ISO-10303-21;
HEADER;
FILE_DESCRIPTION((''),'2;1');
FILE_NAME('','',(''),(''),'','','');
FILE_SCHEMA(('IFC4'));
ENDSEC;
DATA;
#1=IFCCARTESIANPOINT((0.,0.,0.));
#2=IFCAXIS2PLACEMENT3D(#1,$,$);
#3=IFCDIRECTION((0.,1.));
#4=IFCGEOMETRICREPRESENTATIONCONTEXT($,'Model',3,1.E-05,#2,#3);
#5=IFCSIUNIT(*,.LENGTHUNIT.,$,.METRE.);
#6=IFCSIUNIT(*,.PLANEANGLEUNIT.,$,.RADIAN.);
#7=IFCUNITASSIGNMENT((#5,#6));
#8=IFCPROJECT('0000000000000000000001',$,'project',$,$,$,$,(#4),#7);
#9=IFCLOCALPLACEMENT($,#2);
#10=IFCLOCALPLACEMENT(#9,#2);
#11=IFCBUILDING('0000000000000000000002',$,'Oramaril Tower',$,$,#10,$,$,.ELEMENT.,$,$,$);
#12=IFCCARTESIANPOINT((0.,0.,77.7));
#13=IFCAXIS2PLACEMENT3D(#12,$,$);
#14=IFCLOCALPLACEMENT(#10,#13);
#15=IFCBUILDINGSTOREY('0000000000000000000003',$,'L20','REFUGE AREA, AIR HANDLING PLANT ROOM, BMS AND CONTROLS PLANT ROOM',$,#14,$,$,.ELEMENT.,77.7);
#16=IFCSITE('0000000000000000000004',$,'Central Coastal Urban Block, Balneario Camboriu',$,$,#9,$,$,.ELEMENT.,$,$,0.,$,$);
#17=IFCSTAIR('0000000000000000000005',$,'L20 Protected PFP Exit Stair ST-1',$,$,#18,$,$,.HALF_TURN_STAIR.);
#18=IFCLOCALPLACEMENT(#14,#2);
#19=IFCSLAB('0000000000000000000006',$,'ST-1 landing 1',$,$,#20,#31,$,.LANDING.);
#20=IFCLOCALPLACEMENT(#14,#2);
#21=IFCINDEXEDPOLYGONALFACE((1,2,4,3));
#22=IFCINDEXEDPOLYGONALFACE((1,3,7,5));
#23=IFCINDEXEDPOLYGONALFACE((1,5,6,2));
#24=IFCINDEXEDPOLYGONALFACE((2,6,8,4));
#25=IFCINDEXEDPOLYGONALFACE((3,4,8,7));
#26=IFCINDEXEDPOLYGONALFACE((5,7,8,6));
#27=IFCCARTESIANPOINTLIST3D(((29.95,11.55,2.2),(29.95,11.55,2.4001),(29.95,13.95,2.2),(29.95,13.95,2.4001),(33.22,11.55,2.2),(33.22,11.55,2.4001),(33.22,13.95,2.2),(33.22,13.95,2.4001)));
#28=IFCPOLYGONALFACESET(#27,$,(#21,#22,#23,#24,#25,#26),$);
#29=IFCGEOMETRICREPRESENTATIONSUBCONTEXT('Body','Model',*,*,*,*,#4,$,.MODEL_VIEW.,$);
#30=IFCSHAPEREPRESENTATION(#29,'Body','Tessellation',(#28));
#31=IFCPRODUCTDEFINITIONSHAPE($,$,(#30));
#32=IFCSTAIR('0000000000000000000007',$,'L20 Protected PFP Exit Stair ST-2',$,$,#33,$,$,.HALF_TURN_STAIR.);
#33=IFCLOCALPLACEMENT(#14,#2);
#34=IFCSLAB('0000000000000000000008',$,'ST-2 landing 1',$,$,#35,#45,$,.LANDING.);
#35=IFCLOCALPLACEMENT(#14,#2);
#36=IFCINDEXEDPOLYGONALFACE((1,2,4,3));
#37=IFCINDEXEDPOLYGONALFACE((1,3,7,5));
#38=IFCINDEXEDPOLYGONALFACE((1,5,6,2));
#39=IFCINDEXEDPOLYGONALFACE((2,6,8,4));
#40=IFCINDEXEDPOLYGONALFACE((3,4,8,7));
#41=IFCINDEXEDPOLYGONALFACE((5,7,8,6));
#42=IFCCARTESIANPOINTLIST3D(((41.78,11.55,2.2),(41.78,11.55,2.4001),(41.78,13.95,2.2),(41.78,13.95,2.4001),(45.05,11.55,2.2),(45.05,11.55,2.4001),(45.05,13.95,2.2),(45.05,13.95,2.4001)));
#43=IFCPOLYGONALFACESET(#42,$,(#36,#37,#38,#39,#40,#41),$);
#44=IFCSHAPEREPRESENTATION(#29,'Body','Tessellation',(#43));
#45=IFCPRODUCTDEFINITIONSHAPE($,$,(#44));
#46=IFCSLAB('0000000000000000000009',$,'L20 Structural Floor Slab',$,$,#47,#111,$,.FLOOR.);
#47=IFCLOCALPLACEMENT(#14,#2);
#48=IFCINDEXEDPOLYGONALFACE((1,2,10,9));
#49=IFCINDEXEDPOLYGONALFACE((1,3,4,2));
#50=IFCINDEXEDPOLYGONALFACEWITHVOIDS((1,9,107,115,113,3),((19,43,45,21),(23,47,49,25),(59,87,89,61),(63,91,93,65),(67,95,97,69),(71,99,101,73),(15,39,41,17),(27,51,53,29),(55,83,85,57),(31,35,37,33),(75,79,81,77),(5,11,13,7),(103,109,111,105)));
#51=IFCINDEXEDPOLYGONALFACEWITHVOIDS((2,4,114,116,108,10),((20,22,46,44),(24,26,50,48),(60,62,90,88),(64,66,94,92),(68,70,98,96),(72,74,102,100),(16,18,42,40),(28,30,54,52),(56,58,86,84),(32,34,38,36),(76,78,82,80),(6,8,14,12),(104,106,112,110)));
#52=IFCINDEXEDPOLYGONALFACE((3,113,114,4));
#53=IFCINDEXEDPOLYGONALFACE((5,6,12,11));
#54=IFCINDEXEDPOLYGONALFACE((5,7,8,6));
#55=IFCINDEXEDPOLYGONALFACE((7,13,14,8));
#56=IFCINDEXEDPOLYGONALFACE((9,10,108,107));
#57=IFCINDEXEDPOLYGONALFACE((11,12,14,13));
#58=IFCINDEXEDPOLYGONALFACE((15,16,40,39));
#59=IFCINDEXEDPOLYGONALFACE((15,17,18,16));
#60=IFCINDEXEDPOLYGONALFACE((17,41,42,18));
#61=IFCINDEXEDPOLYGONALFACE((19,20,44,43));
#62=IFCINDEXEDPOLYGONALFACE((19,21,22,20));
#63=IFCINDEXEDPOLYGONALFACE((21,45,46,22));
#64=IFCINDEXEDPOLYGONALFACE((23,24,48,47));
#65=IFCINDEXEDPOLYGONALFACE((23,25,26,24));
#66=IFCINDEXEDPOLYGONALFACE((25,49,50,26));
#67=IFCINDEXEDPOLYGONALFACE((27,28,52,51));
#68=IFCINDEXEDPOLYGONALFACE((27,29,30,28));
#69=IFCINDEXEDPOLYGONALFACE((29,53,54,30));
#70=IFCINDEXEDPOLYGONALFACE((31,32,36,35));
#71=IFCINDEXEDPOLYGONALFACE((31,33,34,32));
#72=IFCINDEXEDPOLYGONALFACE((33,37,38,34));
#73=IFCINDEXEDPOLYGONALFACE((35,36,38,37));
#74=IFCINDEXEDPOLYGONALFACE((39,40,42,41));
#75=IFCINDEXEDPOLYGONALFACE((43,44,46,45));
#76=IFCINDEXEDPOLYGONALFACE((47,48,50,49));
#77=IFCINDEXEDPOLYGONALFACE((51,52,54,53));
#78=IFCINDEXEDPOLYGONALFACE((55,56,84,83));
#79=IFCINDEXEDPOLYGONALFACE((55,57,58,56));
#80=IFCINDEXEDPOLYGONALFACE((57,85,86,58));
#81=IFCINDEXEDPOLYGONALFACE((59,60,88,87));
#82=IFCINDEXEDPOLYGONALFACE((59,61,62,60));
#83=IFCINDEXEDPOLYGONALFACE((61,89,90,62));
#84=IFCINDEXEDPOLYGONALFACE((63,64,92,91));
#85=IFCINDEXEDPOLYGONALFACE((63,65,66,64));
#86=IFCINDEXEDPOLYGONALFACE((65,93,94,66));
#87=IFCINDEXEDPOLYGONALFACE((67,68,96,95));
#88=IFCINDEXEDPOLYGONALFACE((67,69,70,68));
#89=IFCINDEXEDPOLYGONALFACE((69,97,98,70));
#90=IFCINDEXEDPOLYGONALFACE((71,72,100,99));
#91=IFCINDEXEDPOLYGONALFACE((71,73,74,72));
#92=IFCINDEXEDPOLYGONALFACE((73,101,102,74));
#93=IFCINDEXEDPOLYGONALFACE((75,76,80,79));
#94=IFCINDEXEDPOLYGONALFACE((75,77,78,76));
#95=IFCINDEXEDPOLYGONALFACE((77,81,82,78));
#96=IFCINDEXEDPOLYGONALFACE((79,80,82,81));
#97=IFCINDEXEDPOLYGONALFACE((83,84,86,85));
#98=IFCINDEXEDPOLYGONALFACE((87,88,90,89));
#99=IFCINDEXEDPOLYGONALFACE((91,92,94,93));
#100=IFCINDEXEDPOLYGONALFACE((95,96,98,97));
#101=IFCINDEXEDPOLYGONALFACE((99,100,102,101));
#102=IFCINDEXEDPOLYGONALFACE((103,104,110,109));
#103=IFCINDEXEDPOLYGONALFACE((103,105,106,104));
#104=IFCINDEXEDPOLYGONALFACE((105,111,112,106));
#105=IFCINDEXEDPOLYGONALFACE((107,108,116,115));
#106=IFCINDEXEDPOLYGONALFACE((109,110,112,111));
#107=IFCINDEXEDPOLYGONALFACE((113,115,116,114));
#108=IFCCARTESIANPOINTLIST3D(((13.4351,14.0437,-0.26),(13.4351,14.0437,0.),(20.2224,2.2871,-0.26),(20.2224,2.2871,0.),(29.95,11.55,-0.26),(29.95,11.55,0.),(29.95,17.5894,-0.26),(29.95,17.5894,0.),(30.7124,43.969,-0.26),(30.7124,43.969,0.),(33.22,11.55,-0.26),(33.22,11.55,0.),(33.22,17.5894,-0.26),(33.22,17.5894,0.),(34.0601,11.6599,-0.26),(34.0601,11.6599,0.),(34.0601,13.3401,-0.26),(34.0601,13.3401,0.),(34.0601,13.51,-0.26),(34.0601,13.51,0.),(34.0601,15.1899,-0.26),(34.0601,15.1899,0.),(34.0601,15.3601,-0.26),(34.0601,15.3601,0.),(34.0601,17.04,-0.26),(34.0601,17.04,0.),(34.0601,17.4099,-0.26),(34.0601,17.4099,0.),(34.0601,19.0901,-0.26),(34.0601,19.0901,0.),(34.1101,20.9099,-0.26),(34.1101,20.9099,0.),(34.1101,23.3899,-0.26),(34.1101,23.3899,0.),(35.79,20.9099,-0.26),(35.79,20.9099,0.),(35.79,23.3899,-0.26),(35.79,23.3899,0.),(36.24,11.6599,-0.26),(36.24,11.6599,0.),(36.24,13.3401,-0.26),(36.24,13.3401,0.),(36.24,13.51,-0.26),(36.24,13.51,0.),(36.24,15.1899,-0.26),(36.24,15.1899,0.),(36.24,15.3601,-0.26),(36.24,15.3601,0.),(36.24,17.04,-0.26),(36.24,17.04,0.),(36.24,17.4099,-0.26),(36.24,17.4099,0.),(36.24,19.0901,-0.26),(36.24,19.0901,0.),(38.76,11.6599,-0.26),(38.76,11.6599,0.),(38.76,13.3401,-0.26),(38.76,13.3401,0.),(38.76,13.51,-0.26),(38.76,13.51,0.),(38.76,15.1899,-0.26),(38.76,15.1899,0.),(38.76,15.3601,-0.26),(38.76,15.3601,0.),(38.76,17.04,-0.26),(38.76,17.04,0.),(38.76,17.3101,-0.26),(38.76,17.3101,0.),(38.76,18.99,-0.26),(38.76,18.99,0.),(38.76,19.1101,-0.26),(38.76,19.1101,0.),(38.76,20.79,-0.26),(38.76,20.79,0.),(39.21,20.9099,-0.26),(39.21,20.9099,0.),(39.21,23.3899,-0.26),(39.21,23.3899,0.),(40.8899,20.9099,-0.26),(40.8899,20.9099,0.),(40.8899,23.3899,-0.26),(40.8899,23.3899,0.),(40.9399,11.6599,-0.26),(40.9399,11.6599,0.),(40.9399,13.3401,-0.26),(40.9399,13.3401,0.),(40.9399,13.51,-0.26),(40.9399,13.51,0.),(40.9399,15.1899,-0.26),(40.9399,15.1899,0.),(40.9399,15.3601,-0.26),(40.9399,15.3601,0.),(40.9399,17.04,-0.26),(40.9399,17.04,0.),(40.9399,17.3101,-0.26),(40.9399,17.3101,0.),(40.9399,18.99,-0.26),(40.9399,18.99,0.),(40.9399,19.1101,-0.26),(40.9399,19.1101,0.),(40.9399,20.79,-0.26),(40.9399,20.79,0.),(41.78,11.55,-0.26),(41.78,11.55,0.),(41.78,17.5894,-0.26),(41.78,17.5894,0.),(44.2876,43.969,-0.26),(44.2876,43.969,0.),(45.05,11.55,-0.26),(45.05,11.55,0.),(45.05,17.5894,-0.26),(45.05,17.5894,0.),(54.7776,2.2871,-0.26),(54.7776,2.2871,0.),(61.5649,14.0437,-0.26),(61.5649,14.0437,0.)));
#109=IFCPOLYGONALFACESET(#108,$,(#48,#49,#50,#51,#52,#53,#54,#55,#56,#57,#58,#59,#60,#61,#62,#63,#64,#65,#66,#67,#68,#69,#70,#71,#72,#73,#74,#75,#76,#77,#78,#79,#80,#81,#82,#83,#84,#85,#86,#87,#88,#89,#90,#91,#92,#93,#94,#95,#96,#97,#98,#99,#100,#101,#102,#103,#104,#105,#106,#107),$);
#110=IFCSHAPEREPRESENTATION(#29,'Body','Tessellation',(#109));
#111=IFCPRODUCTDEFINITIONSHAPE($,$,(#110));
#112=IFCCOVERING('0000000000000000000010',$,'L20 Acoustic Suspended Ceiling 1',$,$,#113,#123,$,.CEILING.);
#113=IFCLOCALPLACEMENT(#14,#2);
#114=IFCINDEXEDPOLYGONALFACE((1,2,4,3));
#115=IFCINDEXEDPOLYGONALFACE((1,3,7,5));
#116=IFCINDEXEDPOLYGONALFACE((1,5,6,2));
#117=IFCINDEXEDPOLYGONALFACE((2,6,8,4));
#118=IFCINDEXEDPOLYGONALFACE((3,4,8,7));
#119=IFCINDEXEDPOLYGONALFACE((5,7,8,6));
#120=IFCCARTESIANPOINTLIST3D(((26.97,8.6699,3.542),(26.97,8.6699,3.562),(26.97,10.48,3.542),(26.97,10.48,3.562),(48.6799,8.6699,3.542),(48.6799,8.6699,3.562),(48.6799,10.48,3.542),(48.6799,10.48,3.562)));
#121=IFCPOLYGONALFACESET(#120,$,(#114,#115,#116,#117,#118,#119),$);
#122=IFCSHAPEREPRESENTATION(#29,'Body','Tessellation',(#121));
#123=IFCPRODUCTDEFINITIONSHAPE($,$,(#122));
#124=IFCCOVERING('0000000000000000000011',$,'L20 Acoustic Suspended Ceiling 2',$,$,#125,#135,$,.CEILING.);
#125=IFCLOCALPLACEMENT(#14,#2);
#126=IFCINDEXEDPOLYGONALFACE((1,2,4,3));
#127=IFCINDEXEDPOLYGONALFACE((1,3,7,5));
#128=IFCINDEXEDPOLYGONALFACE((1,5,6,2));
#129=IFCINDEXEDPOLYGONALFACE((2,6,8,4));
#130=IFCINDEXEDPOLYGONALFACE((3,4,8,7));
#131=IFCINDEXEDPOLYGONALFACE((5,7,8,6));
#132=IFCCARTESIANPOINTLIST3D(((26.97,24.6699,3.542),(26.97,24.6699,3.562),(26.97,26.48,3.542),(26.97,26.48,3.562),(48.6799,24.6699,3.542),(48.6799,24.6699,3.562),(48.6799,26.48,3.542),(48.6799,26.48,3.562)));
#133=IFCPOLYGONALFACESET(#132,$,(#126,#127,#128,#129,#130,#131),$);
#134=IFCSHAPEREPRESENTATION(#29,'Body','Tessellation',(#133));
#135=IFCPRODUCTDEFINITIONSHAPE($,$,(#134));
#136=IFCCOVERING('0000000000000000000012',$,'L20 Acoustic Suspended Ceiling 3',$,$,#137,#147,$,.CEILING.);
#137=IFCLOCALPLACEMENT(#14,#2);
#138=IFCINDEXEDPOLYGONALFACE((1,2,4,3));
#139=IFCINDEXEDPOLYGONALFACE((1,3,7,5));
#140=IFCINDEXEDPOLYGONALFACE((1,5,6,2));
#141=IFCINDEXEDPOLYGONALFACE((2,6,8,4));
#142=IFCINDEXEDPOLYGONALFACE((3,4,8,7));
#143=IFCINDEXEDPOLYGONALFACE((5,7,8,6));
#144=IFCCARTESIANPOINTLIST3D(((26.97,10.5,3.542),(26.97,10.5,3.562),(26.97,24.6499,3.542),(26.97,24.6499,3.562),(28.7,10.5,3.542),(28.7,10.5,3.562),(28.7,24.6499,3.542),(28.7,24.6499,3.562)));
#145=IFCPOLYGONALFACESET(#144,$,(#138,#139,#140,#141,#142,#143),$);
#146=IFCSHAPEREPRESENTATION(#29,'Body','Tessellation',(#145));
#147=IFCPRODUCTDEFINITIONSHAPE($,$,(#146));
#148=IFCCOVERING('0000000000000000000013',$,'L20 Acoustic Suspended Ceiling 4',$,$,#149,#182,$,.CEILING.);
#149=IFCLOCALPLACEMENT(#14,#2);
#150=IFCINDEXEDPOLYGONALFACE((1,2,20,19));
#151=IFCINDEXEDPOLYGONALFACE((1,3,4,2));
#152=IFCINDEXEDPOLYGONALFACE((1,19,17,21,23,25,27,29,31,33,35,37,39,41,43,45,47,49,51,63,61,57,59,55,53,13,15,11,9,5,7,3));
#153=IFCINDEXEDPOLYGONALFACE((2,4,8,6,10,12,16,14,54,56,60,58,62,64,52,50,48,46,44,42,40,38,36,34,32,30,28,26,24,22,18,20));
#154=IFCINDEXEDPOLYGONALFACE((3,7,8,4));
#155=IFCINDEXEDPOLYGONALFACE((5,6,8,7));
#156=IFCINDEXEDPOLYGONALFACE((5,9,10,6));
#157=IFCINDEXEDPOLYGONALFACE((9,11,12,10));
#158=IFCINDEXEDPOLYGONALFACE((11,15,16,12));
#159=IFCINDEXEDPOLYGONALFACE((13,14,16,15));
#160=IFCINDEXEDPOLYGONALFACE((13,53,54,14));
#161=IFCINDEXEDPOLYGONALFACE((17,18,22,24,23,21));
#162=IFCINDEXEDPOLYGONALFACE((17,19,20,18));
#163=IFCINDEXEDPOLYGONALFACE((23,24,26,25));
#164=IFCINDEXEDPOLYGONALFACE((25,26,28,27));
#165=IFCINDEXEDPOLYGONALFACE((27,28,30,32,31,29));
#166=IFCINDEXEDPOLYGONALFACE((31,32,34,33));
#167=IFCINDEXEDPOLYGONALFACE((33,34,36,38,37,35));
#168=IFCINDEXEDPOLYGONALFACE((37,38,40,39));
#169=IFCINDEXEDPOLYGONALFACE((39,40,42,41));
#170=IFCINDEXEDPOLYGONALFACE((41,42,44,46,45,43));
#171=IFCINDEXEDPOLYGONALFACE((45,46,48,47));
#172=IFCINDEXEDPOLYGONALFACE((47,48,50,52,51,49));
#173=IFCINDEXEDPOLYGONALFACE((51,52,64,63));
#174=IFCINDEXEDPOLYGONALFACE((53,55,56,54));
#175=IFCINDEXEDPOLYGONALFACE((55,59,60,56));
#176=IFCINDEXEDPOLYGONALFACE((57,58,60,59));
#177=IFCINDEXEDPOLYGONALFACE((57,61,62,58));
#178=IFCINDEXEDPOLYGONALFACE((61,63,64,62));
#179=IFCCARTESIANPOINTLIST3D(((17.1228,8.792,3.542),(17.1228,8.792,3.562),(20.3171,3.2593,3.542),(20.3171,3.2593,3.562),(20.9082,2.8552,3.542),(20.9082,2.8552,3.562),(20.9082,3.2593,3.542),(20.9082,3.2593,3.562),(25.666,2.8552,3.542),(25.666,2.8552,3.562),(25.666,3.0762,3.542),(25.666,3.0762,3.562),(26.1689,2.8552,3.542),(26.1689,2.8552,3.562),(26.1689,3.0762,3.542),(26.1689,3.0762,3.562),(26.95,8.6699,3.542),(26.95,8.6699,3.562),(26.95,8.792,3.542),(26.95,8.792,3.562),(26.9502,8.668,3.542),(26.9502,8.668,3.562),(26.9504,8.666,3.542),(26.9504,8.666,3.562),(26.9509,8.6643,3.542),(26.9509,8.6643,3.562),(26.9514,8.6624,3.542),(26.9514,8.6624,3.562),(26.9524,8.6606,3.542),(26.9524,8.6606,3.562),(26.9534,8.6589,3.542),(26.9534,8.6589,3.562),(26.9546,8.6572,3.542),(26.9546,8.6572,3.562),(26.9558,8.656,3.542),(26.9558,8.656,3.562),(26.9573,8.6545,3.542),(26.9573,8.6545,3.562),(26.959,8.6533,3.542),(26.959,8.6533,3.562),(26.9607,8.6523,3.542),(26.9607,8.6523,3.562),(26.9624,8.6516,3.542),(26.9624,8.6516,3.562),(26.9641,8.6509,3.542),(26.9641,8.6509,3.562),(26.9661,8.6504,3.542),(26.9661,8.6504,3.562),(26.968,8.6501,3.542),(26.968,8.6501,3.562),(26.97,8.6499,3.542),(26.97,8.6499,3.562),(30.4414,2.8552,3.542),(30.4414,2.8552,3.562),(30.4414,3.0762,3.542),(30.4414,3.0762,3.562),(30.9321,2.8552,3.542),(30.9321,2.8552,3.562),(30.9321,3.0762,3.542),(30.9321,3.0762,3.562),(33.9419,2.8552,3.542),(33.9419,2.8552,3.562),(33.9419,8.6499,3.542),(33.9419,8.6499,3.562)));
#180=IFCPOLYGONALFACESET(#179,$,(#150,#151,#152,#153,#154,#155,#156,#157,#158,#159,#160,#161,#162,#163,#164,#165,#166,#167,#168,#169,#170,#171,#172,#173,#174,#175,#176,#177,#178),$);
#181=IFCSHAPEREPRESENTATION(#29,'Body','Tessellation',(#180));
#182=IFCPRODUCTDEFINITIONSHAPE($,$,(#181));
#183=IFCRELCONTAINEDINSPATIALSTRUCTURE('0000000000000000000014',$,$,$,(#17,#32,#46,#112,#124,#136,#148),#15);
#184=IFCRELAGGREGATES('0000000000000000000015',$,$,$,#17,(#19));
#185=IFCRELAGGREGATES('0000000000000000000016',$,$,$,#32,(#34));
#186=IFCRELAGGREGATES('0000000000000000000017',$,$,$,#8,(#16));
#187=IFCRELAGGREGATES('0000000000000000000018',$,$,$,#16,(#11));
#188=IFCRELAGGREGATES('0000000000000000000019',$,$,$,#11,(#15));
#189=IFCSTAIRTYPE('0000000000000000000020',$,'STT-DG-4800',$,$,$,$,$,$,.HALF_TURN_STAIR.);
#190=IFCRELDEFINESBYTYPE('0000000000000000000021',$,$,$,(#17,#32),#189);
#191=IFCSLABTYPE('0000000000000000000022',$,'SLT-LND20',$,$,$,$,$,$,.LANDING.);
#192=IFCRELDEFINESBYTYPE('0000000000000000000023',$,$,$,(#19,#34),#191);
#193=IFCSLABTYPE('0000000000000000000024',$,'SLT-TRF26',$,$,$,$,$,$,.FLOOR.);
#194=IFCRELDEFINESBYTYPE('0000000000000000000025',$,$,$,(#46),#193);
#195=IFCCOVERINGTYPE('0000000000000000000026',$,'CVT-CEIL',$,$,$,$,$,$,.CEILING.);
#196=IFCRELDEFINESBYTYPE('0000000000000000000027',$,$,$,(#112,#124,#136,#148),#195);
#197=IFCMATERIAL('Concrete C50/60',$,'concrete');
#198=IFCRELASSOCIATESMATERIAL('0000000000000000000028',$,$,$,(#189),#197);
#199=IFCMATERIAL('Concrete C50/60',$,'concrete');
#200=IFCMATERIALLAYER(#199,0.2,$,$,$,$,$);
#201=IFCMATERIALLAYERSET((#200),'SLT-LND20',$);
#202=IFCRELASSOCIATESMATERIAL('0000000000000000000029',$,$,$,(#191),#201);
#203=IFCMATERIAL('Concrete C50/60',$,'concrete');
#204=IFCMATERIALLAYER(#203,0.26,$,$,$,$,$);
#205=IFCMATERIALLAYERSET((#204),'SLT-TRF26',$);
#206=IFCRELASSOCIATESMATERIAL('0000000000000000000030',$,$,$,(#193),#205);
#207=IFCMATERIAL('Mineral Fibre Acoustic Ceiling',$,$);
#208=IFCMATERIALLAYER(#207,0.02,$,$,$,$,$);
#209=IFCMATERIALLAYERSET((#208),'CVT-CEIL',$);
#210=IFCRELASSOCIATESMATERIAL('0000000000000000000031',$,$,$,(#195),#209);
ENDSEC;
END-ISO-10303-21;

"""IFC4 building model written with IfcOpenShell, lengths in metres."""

from ifc_helpers import new_model, si_unit, direction, frame, origin, place, context, subcontext, project, spatial, polyline, outline, extrude, material, layer, layer_set, type_object, element, aggregate, save


model = new_model("IFC4")

# Units and contexts
model_context = context("Model", 3, precision=1e-05, world=origin(), true_north=direction((0.0, 1.0)))
body_context = subcontext(model_context, "Body", "Model", "MODEL_VIEW")
ifc_project = project(units=[si_unit("LENGTHUNIT", "METRE"), si_unit("PLANEANGLEUNIT", "RADIAN")], contexts=[model_context])

# Site, building, storey
site_placement = place(None, origin())
site = spatial("IfcSite", under=ifc_project, at=site_placement, Name="Central Coastal Urban Block, Balneario Camboriu", CompositionType="ELEMENT", RefElevation=0.0)
building_placement = place(site_placement, origin())
building = spatial("IfcBuilding", under=site, at=building_placement, Name="Oramaril Tower", CompositionType="ELEMENT")
storey_placement = place(building_placement, frame((0.0, 0.0, 77.7)))
storey = spatial("IfcBuildingStorey", under=building, at=storey_placement, Name="L20", Description="REFUGE AREA, AIR HANDLING PLANT ROOM, BMS AND CONTROLS PLANT ROOM", CompositionType="ELEMENT", Elevation=77.7)

# Stairs, slabs
ifc_material_1 = material(Name="Concrete C50/60", Category="concrete")
stair_type = type_object("IfcStairType", Name="STT-DG-4800", PredefinedType="HALF_TURN_STAIR", material=ifc_material_1)
stair_1_placement = place(storey_placement, origin())
stair_1 = element("IfcStair", 1, at=stair_1_placement, inside=storey, type_object=stair_type, Name="L20 Protected PFP Exit Stair ST-1", PredefinedType="HALF_TURN_STAIR")
ifc_material_2 = material(Name="Concrete C50/60", Category="concrete")
ifc_layer_1 = layer(ifc_material_2, 0.2)
ifc_layer_set_1 = layer_set([ifc_layer_1], Name="SLT-LND20")
slab_type_1 = type_object("IfcSlabType", Name="SLT-LND20", PredefinedType="LANDING", material=ifc_layer_set_1)
slab_1_placement = place(storey_placement, frame((0.0, 0.0, 2.2)))
slab_1 = element("IfcSlab", 2, at=slab_1_placement, type_object=slab_type_1, Name="ST-1 landing 1", PredefinedType="LANDING", context=body_context, shape_type="SweptSolid", body=[
    extrude(outline(polyline([(29.95, 13.95), (29.95, 11.55), (33.22, 11.55), (33.22, 13.95), (29.95, 13.95)])), origin(), (0.0, 0.0, 1.0), 0.2002),
])
aggregate(stair_1, [slab_1])
stair_2_placement = place(storey_placement, origin())
stair_2 = element("IfcStair", 3, at=stair_2_placement, inside=storey, type_object=stair_type, Name="L20 Protected PFP Exit Stair ST-2", PredefinedType="HALF_TURN_STAIR")
slab_2_placement = place(storey_placement, frame((0.0, 0.0, 2.2)))
slab_2 = element("IfcSlab", 4, at=slab_2_placement, type_object=slab_type_1, Name="ST-2 landing 1", PredefinedType="LANDING", context=body_context, shape_type="SweptSolid", body=[
    extrude(outline(polyline([(41.78, 13.95), (41.78, 11.55), (45.05, 11.55), (45.05, 13.95), (41.78, 13.95)])), origin(), (0.0, 0.0, 1.0), 0.2002),
])
aggregate(stair_2, [slab_2])

# Slab
ifc_material_3 = material(Name="Concrete C50/60", Category="concrete")
ifc_layer_2 = layer(ifc_material_3, 0.26)
ifc_layer_set_2 = layer_set([ifc_layer_2], Name="SLT-TRF26")
slab_type_2 = type_object("IfcSlabType", Name="SLT-TRF26", PredefinedType="FLOOR", material=ifc_layer_set_2)
slab_3_placement = place(storey_placement, frame((0.0, 0.0, -0.26)))
element("IfcSlab", 5, at=slab_3_placement, inside=storey, type_object=slab_type_2, Name="L20 Structural Floor Slab", PredefinedType="FLOOR", context=body_context, shape_type="SweptSolid", body=[
    extrude(outline(polyline([(13.4351, 14.0437), (20.2224, 2.2871), (54.7776, 2.2871), (61.5649, 14.0437), (44.2876, 43.969), (30.7124, 43.969), (13.4351, 14.0437)]), holes=[polyline([(29.95, 17.5894), (29.95, 11.55), (33.22, 11.55), (33.22, 17.5894), (29.95, 17.5894)]), polyline([(41.78, 17.5894), (41.78, 11.55), (45.05, 11.55), (45.05, 17.5894), (41.78, 17.5894)]), polyline([(34.1101, 20.9099), (35.79, 20.9099), (35.79, 23.3899), (34.1101, 23.3899), (34.1101, 20.9099)]), polyline([(39.21, 20.9099), (40.8899, 20.9099), (40.8899, 23.3899), (39.21, 23.3899), (39.21, 20.9099)]), polyline([(34.0601, 11.6599), (36.24, 11.6599), (36.24, 13.3401), (34.0601, 13.3401), (34.0601, 11.6599)]), polyline([(34.0601, 13.51), (36.24, 13.51), (36.24, 15.1899), (34.0601, 15.1899), (34.0601, 13.51)]), polyline([(34.0601, 15.3601), (36.24, 15.3601), (36.24, 17.04), (34.0601, 17.04), (34.0601, 15.3601)]), polyline([(38.76, 11.6599), (40.9399, 11.6599), (40.9399, 13.3401), (38.76, 13.3401), (38.76, 11.6599)]), polyline([(38.76, 13.51), (40.9399, 13.51), (40.9399, 15.1899), (38.76, 15.1899), (38.76, 13.51)]), polyline([(38.76, 15.3601), (40.9399, 15.3601), (40.9399, 17.04), (38.76, 17.04), (38.76, 15.3601)]), polyline([(34.0601, 17.4099), (36.24, 17.4099), (36.24, 19.0901), (34.0601, 19.0901), (34.0601, 17.4099)]), polyline([(38.76, 17.3101), (40.9399, 17.3101), (40.9399, 18.99), (38.76, 18.99), (38.76, 17.3101)]), polyline([(38.76, 19.1101), (40.9399, 19.1101), (40.9399, 20.79), (38.76, 20.79), (38.76, 19.1101)])]), origin(), (0.0, 0.0, 1.0), 0.26),
])

# Coverings
ifc_material_4 = material(Name="Mineral Fibre Acoustic Ceiling")
ifc_layer_3 = layer(ifc_material_4, 0.02)
ifc_layer_set_3 = layer_set([ifc_layer_3], Name="CVT-CEIL")
covering_type_1 = type_object("IfcCoveringType", Name="CVT-CEIL", PredefinedType="CEILING", material=ifc_layer_set_3)
covering_1_placement = place(storey_placement, frame((0.0, 0.0, 3.542)))
element("IfcCovering", 6, at=covering_1_placement, inside=storey, type_object=covering_type_1, Name="L20 Acoustic Suspended Ceiling 1", PredefinedType="CEILING", context=body_context, shape_type="SweptSolid", body=[
    extrude(outline(polyline([(48.6799, 10.48), (48.6799, 8.6699), (26.97, 8.6699), (26.97, 10.48), (48.6799, 10.48)])), origin(), (0.0, 0.0, 1.0), 0.02),
])
covering_2_placement = place(storey_placement, frame((0.0, 0.0, 3.542)))
element("IfcCovering", 7, at=covering_2_placement, inside=storey, type_object=covering_type_1, Name="L20 Acoustic Suspended Ceiling 2", PredefinedType="CEILING", context=body_context, shape_type="SweptSolid", body=[
    extrude(outline(polyline([(48.6799, 26.48), (48.6799, 24.6699), (26.97, 24.6699), (26.97, 26.48), (48.6799, 26.48)])), origin(), (0.0, 0.0, 1.0), 0.02),
])
covering_3_placement = place(storey_placement, frame((0.0, 0.0, 3.542)))
element("IfcCovering", 8, at=covering_3_placement, inside=storey, type_object=covering_type_1, Name="L20 Acoustic Suspended Ceiling 3", PredefinedType="CEILING", context=body_context, shape_type="SweptSolid", body=[
    extrude(outline(polyline([(28.7, 10.5), (26.97, 10.5), (26.97, 24.6499), (28.7, 24.6499), (28.7, 10.5)])), origin(), (0.0, 0.0, 1.0), 0.02),
])
covering_4_placement = place(storey_placement, frame((0.0, 0.0, 3.542)))
element("IfcCovering", 9, at=covering_4_placement, inside=storey, type_object=covering_type_1, Name="L20 Acoustic Suspended Ceiling 4", PredefinedType="CEILING", context=body_context, shape_type="SweptSolid", body=[
    extrude(outline(polyline([(33.9419, 2.8552), (30.9321, 2.8552), (30.9321, 3.0762), (30.4414, 3.0762), (30.4414, 2.8552), (26.1689, 2.8552), (26.1689, 3.0762), (25.666, 3.0762), (25.666, 2.8552), (20.9082, 2.8552), (20.9082, 3.2593), (20.3171, 3.2593), (17.1228, 8.792), (26.95, 8.792), (26.95, 8.6699), (26.9502, 8.668), (26.9504, 8.666), (26.9509, 8.6643), (26.9514, 8.6624), (26.9524, 8.6606), (26.9534, 8.6589), (26.9546, 8.6572), (26.9558, 8.656), (26.9573, 8.6545), (26.959, 8.6533), (26.9607, 8.6523), (26.9624, 8.6516), (26.9641, 8.6509), (26.9661, 8.6504), (26.968, 8.6501), (26.97, 8.6499), (33.9419, 8.6499), (33.9419, 2.8552)])), origin(), (0.0, 0.0, 1.0), 0.02),
])

save(model, "model.ifc")
